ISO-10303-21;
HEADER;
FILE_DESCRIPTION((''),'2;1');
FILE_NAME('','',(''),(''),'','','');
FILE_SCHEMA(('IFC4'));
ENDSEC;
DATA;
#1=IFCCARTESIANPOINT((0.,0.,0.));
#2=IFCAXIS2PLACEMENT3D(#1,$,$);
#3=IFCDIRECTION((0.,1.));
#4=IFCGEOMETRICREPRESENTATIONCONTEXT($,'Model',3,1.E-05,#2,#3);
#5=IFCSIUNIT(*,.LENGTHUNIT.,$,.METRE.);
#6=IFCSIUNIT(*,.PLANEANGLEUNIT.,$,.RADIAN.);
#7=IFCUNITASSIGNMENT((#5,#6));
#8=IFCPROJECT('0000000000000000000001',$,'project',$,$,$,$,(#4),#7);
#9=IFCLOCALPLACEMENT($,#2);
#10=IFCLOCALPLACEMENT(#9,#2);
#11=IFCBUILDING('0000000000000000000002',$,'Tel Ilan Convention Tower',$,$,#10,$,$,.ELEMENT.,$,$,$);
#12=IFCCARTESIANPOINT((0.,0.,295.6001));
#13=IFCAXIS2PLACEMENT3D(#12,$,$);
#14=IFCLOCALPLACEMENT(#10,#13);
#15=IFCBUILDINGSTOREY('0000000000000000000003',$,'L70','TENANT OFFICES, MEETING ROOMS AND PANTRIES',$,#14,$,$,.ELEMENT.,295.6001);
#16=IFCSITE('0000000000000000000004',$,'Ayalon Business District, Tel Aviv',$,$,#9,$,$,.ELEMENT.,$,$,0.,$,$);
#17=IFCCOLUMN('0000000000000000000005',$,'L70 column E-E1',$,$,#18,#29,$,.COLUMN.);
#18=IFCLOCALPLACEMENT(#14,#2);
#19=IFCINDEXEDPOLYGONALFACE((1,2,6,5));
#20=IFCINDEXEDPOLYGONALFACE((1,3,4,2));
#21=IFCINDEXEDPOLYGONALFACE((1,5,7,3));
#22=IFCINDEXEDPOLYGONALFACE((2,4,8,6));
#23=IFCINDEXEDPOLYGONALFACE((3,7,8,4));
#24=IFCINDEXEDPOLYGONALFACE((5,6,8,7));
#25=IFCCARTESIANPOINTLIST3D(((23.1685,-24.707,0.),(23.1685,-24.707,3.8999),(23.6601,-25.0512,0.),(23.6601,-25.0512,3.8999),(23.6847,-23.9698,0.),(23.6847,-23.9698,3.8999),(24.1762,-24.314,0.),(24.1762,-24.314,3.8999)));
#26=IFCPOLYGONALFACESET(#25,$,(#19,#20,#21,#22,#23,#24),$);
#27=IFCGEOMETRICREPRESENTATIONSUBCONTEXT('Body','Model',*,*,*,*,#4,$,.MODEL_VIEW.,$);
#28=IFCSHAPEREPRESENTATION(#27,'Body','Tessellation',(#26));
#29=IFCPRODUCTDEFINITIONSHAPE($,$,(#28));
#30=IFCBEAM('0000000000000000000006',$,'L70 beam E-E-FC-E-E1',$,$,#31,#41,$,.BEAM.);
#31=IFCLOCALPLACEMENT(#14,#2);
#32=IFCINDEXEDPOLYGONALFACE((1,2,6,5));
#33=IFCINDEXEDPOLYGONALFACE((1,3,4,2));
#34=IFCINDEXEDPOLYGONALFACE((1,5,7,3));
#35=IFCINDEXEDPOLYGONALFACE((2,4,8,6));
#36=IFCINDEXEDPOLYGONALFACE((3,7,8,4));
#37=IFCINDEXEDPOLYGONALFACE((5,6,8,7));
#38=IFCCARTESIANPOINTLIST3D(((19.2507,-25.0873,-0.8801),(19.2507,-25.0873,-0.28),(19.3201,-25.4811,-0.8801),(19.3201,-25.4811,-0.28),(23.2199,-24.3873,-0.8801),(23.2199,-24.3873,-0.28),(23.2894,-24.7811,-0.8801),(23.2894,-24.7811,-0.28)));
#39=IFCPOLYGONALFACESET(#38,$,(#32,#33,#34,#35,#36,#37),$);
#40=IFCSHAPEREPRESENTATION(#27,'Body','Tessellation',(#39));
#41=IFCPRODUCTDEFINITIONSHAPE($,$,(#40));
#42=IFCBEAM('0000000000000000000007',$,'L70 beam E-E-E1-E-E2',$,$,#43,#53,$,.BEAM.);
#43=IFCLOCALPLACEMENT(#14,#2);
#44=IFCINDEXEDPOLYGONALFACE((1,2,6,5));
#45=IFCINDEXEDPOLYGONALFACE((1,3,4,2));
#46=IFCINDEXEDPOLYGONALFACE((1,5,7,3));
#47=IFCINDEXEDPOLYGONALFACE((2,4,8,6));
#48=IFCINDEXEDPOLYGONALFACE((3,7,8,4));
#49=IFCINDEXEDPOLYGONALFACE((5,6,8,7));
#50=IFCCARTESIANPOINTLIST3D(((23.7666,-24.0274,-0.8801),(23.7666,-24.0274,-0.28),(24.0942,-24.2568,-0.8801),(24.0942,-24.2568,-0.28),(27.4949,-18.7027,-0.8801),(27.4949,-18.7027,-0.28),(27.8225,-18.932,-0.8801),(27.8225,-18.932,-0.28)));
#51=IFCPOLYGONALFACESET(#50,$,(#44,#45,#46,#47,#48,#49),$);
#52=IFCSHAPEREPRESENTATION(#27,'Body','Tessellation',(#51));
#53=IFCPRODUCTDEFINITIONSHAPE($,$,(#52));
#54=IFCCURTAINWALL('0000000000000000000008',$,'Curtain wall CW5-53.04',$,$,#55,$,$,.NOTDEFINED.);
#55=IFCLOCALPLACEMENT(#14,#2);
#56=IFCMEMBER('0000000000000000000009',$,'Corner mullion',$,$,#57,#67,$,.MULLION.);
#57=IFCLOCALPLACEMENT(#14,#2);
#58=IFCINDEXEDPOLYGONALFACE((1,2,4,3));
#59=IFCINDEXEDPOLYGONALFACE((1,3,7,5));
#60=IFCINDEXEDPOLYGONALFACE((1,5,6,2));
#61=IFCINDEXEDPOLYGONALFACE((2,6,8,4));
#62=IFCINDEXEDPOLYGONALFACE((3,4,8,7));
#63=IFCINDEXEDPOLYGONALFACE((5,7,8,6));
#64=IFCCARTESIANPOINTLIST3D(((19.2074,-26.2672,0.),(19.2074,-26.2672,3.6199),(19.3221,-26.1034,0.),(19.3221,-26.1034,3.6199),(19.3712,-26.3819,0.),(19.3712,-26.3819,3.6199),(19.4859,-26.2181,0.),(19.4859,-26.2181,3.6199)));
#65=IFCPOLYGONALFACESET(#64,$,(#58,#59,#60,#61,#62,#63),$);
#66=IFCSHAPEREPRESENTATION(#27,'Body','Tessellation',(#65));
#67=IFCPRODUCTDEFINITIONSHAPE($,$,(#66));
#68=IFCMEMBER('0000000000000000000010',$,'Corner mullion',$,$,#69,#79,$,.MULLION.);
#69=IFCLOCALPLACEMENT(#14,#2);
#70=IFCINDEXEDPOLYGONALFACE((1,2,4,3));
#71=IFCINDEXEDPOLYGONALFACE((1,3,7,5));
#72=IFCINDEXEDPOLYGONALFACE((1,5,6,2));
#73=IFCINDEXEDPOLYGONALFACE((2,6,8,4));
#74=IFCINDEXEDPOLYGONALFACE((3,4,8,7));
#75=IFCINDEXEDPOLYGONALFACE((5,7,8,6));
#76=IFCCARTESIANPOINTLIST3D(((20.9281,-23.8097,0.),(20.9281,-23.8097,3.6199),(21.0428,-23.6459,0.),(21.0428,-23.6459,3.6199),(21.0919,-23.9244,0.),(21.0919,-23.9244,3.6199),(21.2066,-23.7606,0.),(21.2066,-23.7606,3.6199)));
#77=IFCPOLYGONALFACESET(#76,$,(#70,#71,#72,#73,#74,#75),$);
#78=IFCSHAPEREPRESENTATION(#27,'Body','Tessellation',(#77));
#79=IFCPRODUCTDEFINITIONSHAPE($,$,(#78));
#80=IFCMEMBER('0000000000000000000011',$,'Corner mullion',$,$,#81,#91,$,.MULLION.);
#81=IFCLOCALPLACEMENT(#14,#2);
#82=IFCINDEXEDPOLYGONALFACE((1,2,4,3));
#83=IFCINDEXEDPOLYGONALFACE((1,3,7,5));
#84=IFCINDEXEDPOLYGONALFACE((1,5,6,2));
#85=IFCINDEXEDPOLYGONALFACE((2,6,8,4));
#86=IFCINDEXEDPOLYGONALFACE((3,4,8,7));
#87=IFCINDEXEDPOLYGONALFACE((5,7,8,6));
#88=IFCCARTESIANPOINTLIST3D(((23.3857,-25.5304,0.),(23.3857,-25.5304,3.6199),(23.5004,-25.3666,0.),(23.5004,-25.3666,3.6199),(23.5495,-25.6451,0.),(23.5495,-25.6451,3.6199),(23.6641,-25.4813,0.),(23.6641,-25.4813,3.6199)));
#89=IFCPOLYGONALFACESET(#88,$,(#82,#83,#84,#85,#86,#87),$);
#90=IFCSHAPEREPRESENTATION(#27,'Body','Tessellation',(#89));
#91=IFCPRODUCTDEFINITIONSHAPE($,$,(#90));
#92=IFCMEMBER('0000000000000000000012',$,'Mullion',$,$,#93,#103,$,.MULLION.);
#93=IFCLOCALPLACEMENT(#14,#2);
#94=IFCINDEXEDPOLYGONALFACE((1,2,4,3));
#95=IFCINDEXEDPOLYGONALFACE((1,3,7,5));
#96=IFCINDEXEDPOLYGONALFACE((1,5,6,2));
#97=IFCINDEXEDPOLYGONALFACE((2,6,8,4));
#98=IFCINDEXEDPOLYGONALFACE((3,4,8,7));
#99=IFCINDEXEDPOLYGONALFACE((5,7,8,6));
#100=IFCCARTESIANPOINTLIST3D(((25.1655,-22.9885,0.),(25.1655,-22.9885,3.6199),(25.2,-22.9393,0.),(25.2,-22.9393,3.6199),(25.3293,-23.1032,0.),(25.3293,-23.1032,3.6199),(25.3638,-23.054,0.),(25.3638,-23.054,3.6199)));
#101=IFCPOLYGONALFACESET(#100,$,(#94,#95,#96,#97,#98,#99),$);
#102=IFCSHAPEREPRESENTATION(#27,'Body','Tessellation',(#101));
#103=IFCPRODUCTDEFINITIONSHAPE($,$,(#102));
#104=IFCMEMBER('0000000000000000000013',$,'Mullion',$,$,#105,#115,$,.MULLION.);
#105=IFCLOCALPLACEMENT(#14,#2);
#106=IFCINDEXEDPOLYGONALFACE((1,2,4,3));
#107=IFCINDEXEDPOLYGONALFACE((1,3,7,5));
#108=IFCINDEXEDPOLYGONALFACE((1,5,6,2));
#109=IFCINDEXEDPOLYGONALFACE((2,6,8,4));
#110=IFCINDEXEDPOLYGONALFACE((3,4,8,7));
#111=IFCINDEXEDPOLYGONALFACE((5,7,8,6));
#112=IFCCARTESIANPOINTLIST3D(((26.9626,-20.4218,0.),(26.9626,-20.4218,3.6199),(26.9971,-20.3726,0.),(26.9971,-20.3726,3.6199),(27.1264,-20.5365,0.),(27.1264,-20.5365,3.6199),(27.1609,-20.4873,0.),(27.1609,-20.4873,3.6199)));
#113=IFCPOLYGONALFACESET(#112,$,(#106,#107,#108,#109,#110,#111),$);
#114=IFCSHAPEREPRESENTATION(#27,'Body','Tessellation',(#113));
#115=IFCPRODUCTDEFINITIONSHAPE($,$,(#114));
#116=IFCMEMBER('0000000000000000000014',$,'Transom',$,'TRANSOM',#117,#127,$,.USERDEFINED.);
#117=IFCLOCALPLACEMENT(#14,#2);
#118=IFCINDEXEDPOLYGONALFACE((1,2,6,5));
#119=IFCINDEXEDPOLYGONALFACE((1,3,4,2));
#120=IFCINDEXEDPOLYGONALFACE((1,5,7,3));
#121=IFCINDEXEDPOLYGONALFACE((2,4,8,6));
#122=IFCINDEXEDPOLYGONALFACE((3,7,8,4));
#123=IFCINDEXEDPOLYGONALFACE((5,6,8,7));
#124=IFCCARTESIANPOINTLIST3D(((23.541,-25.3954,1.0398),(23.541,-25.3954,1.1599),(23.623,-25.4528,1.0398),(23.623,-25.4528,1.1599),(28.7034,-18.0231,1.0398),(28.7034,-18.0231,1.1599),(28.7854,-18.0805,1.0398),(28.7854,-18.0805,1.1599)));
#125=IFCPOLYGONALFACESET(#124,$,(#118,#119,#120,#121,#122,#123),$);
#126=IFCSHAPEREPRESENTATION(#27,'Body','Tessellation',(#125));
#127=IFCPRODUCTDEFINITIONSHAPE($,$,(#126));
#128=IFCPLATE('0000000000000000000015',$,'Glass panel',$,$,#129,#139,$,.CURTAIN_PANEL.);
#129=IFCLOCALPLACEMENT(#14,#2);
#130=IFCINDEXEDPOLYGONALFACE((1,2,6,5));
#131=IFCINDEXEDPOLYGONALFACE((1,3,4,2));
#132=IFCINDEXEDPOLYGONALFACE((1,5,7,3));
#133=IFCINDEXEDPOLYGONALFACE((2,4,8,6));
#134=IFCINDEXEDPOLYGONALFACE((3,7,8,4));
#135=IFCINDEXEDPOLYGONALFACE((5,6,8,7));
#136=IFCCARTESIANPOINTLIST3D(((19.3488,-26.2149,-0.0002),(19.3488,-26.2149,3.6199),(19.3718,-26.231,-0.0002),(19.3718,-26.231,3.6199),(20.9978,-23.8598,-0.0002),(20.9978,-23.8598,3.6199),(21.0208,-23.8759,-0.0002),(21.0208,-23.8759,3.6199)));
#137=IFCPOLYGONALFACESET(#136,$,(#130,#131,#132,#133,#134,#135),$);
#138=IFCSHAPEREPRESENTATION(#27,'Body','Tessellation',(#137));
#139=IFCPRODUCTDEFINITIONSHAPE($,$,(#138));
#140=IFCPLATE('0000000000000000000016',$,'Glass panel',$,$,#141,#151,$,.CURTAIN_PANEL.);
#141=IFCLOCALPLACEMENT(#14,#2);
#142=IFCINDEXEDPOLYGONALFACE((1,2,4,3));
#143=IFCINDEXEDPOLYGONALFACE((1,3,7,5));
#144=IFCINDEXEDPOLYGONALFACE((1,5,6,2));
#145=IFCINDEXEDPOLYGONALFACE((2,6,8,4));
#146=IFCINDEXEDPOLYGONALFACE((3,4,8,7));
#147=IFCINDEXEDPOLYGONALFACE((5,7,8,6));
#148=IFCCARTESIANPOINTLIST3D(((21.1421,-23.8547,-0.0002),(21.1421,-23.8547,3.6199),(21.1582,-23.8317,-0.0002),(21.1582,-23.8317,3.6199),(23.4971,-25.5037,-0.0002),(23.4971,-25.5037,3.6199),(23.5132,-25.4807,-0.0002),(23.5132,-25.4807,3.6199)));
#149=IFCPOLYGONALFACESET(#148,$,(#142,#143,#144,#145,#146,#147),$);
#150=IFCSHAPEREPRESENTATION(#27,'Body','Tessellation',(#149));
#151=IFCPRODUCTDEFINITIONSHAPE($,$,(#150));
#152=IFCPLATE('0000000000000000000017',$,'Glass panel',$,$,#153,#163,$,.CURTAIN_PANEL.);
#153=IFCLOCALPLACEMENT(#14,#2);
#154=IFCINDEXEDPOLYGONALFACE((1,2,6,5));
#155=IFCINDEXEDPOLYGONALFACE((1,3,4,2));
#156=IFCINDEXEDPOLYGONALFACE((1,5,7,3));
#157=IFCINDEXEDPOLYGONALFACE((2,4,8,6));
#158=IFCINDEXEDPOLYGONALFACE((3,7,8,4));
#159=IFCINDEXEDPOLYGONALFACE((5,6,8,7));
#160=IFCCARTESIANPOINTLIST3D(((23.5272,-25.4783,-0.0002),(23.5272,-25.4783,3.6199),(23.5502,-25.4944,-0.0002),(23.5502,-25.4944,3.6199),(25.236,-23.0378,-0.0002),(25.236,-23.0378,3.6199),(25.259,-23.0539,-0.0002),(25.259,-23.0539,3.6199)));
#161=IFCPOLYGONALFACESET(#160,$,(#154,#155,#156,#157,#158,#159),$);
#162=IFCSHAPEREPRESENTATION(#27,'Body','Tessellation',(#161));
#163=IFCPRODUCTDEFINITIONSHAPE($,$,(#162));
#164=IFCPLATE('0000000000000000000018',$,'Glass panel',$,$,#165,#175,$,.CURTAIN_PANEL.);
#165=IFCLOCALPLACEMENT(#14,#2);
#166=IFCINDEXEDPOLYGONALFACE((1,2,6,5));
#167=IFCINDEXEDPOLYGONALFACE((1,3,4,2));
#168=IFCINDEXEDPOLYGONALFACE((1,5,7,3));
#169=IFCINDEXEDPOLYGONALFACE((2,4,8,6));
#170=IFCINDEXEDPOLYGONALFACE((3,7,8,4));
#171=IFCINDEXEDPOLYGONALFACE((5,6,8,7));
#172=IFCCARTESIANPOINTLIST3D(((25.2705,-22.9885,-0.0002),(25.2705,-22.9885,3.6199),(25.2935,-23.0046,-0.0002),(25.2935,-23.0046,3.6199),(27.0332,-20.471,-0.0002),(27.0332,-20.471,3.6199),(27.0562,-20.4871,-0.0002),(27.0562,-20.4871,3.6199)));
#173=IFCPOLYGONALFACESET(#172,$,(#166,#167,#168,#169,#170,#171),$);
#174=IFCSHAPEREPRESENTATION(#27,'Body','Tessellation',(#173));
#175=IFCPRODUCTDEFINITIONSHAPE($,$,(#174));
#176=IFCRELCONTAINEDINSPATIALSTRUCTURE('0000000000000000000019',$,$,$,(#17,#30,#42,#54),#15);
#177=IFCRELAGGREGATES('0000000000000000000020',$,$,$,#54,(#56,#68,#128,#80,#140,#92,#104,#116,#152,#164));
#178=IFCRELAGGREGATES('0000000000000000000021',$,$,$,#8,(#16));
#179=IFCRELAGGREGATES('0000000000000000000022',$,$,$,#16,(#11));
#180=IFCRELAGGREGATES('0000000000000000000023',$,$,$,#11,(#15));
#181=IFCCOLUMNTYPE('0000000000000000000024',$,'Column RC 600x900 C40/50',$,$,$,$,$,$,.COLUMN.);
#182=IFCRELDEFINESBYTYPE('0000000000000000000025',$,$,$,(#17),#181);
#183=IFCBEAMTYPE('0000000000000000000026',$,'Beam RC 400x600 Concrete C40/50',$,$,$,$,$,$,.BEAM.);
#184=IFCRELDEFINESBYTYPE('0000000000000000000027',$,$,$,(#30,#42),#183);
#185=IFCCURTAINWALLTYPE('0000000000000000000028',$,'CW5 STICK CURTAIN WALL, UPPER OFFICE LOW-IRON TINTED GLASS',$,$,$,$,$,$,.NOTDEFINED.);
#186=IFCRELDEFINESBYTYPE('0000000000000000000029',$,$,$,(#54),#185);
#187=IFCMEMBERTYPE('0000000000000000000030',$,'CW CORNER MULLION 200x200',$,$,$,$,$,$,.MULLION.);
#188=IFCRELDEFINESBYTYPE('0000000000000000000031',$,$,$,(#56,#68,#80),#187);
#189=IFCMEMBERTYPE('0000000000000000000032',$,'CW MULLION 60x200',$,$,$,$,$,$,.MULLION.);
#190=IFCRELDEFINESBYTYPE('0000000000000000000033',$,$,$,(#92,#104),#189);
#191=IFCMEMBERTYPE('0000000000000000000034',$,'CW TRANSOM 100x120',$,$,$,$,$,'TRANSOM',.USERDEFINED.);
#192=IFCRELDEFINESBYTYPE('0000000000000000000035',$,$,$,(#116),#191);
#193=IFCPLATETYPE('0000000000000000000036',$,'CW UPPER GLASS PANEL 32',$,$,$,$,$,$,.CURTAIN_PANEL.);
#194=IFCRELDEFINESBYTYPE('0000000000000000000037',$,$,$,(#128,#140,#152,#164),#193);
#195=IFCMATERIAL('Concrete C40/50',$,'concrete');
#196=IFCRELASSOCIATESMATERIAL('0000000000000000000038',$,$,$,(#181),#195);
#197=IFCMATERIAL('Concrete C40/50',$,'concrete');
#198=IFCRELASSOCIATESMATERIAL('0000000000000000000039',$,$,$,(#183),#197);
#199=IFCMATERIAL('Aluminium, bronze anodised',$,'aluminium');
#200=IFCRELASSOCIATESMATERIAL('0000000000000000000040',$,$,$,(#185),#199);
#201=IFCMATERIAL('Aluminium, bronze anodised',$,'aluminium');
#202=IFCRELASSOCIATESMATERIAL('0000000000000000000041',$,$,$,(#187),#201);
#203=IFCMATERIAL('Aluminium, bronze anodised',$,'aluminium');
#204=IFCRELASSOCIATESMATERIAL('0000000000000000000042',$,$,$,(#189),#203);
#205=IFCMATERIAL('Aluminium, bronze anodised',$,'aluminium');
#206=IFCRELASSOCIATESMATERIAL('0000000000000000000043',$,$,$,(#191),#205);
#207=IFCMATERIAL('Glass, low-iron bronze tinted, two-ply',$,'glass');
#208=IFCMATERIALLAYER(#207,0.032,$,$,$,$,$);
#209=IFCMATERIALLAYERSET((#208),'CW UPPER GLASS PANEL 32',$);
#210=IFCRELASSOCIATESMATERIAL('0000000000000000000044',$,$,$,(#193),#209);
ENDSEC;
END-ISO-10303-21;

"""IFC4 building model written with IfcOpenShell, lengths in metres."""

from ifc_helpers import new_model, si_unit, direction, frame, origin, origin_2d, place, context, subcontext, project, spatial, rectangle, extrude, material, layer, layer_set, material_profile, profile_set, type_object, element, aggregate, save


model = new_model("IFC4")

# Units and contexts
model_context = context("Model", 3, precision=1e-05, world=origin(), true_north=direction((0.0, 1.0)))
body_context = subcontext(model_context, "Body", "Model", "MODEL_VIEW")
ifc_project = project(units=[si_unit("LENGTHUNIT", "METRE"), si_unit("PLANEANGLEUNIT", "RADIAN")], contexts=[model_context])

# Site, building, storey
site_placement = place(None, origin())
site = spatial("IfcSite", under=ifc_project, at=site_placement, Name="Ayalon Business District, Tel Aviv", CompositionType="ELEMENT", RefElevation=0.0)
building_placement = place(site_placement, origin())
building = spatial("IfcBuilding", under=site, at=building_placement, Name="Tel Ilan Convention Tower", CompositionType="ELEMENT")
storey_placement = place(building_placement, frame((0.0, 0.0, 295.6001)))
storey = spatial("IfcBuildingStorey", under=building, at=storey_placement, Name="L70", Description="TENANT OFFICES, MEETING ROOMS AND PANTRIES", CompositionType="ELEMENT", Elevation=295.6001)

# Column
ifc_material_1 = material(Name="Concrete C40/50", Category="concrete")
ifc_material_profile_1 = material_profile(ifc_material_1, rectangle(XDim=0.8999, YDim=0.6001, at=origin_2d()), Name="RC 600x900")
ifc_profile_set_1 = profile_set([ifc_material_profile_1], Name="Concrete C40/50")
column_type = type_object("IfcColumnType", Name="Column RC 600x900 C40/50", PredefinedType="COLUMN", material=ifc_profile_set_1)
column_placement = place(storey_placement, frame((23.6724, -24.5105, 0.0), z_axis=(0.0, 0.0, 1.0), x_axis=(0.573576, 0.819152, 0.0)))
element("IfcColumn", 1, at=column_placement, inside=storey, type_object=column_type, Name="L70 column E-E1", PredefinedType="COLUMN", context=body_context, shape_type="SweptSolid", body=[
    extrude(rectangle(XDim=0.8999, YDim=0.6001, at=origin_2d()), origin(), (0.0, 0.0, 1.0), 3.8999),
])

# Beams
ifc_material_2 = material(Name="Concrete C40/50", Category="concrete")
ifc_material_profile_2 = material_profile(ifc_material_2, rectangle(XDim=0.3999, YDim=0.6001, at=origin_2d()), Name="RC 400x600")
ifc_profile_set_2 = profile_set([ifc_material_profile_2], Name="Concrete C40/50")
beam_type = type_object("IfcBeamType", Name="Beam RC 400x600 Concrete C40/50", PredefinedType="BEAM", material=ifc_profile_set_2)
beam_1_placement = place(storey_placement, frame((19.2854, -25.2842, -0.5801), z_axis=(0.984805, 0.173664, 0.0), x_axis=(-0.173664, 0.984805, 0.0)))
element("IfcBeam", 2, at=beam_1_placement, inside=storey, type_object=beam_type, Name="L70 beam E-E-FC-E-E1", PredefinedType="BEAM", context=body_context, shape_type="SweptSolid", body=[
    extrude(rectangle(XDim=0.3999, YDim=0.6001, at=origin_2d()), origin(), (0.0, 0.0, 1.0), 4.0305),
])
beam_2_placement = place(storey_placement, frame((23.9304, -24.1421, -0.5801), z_axis=(0.573563, 0.819161, 0.0), x_axis=(-0.819161, 0.573563, 0.0)))
element("IfcBeam", 3, at=beam_2_placement, inside=storey, type_object=beam_type, Name="L70 beam E-E-E1-E-E2", PredefinedType="BEAM", context=body_context, shape_type="SweptSolid", body=[
    extrude(rectangle(XDim=0.3999, YDim=0.6001, at=origin_2d()), origin(), (0.0, 0.0, 1.0), 6.5002),
])

# Curtain wall, members, plates
ifc_material_3 = material(Name="Aluminium, bronze anodised", Category="aluminium")
curtain_wall_type = type_object("IfcCurtainWallType", Name="CW5 STICK CURTAIN WALL, UPPER OFFICE LOW-IRON TINTED GLASS", PredefinedType="NOTDEFINED", material=ifc_material_3)
curtain_wall_placement = place(storey_placement, origin())
curtain_wall = element("IfcCurtainWall", 4, at=curtain_wall_placement, inside=storey, type_object=curtain_wall_type, Name="Curtain wall CW5-53.04", PredefinedType="NOTDEFINED")
ifc_material_4 = material(Name="Aluminium, bronze anodised", Category="aluminium")
ifc_material_profile_3 = material_profile(ifc_material_4, rectangle(XDim=0.2, YDim=0.2, at=origin_2d()), Name="CW CORNER MULLION 200x200")
ifc_profile_set_3 = profile_set([ifc_material_profile_3], Name="Aluminium, bronze anodised")
member_type_1 = type_object("IfcMemberType", Name="CW CORNER MULLION 200x200", PredefinedType="MULLION", material=ifc_profile_set_3)
member_1_placement = place(storey_placement, frame((19.3467, -26.2427, 0.0), z_axis=(0.0, 0.0, 1.0), x_axis=(0.819152, -0.573576, 0.0)))
member_1 = element("IfcMember", 5, at=member_1_placement, type_object=member_type_1, Name="Corner mullion", PredefinedType="MULLION", context=body_context, shape_type="SweptSolid", body=[
    extrude(rectangle(XDim=0.2, YDim=0.2, at=origin_2d()), origin(), (0.0, 0.0, 1.0), 3.6199),
])
member_2_placement = place(storey_placement, frame((21.0674, -23.7852, 0.0), z_axis=(0.0, 0.0, 1.0), x_axis=(0.573576, 0.819152, 0.0)))
member_2 = element("IfcMember", 6, at=member_2_placement, type_object=member_type_1, Name="Corner mullion", PredefinedType="MULLION", context=body_context, shape_type="SweptSolid", body=[
    extrude(rectangle(XDim=0.2, YDim=0.2, at=origin_2d()), origin(), (0.0, 0.0, 1.0), 3.6199),
])
member_3_placement = place(storey_placement, frame((23.5249, -25.5059, 0.0), z_axis=(0.0, 0.0, 1.0), x_axis=(0.819152, -0.573576, 0.0)))
member_3 = element("IfcMember", 7, at=member_3_placement, type_object=member_type_1, Name="Corner mullion", PredefinedType="MULLION", context=body_context, shape_type="SweptSolid", body=[
    extrude(rectangle(XDim=0.2, YDim=0.2, at=origin_2d()), origin(), (0.0, 0.0, 1.0), 3.6199),
])
ifc_material_5 = material(Name="Aluminium, bronze anodised", Category="aluminium")
ifc_material_profile_4 = material_profile(ifc_material_5, rectangle(XDim=0.0601, YDim=0.2, at=origin_2d()), Name="CW MULLION 60x200")
ifc_profile_set_4 = profile_set([ifc_material_profile_4], Name="Aluminium, bronze anodised")
member_type_2 = type_object("IfcMemberType", Name="CW MULLION 60x200", PredefinedType="MULLION", material=ifc_profile_set_4)
member_4_placement = place(storey_placement, frame((25.2646, -23.0212, 0.0), z_axis=(0.0, 0.0, 1.0), x_axis=(0.573576, 0.819152, 0.0)))
member_4 = element("IfcMember", 8, at=member_4_placement, type_object=member_type_2, Name="Mullion", PredefinedType="MULLION", context=body_context, shape_type="SweptSolid", body=[
    extrude(rectangle(XDim=0.0601, YDim=0.2, at=origin_2d()), origin(), (0.0, 0.0, 1.0), 3.6199),
])
member_5_placement = place(storey_placement, frame((27.0618, -20.4546, 0.0), z_axis=(0.0, 0.0, 1.0), x_axis=(0.573576, 0.819152, 0.0)))
member_5 = element("IfcMember", 9, at=member_5_placement, type_object=member_type_2, Name="Mullion", PredefinedType="MULLION", context=body_context, shape_type="SweptSolid", body=[
    extrude(rectangle(XDim=0.0601, YDim=0.2, at=origin_2d()), origin(), (0.0, 0.0, 1.0), 3.6199),
])
ifc_material_6 = material(Name="Aluminium, bronze anodised", Category="aluminium")
ifc_material_profile_5 = material_profile(ifc_material_6, rectangle(XDim=0.1001, YDim=0.1201, at=origin_2d()), Name="CW TRANSOM 100x120")
ifc_profile_set_5 = profile_set([ifc_material_profile_5], Name="Aluminium, bronze anodised")
member_type_3 = type_object("IfcMemberType", Name="CW TRANSOM 100x120", ElementType="TRANSOM", PredefinedType="USERDEFINED", material=ifc_profile_set_5)
member_6_placement = place(storey_placement, frame((23.582, -25.4241, 1.0999), z_axis=(0.573592, 0.819141, 0.0), x_axis=(-0.819141, 0.573592, 0.0)))
member_6 = element("IfcMember", 10, at=member_6_placement, type_object=member_type_3, Name="Transom", ObjectType="TRANSOM", PredefinedType="USERDEFINED", context=body_context, shape_type="SweptSolid", body=[
    extrude(rectangle(XDim=0.1001, YDim=0.1201, at=origin_2d()), origin(), (0.0, 0.0, 1.0), 9.0),
])
ifc_material_7 = material(Name="Glass, low-iron bronze tinted, two-ply", Category="glass")
ifc_layer_1 = layer(ifc_material_7, 0.032)
ifc_layer_set_1 = layer_set([ifc_layer_1], Name="CW UPPER GLASS PANEL 32")
plate_type = type_object("IfcPlateType", Name="CW UPPER GLASS PANEL 32", PredefinedType="CURTAIN_PANEL", material=ifc_layer_set_1)
plate_1_placement = place(storey_placement, frame((20.1848, -25.0454, -0.0002), z_axis=(0.0, 0.0, 1.0), x_axis=(0.573576, 0.819152, 0.0)))
plate_1 = element("IfcPlate", 11, at=plate_1_placement, type_object=plate_type, Name="Glass panel", PredefinedType="CURTAIN_PANEL", context=body_context, shape_type="SweptSolid", body=[
    extrude(rectangle(XDim=2.875, YDim=0.0281, at=origin_2d()), origin(), (0.0, 0.0, 1.0), 3.6201),
])
plate_2_placement = place(storey_placement, frame((22.3276, -24.6677, -0.0002), z_axis=(0.0, 0.0, 1.0), x_axis=(0.819152, -0.573576, 0.0)))
plate_2 = element("IfcPlate", 12, at=plate_2_placement, type_object=plate_type, Name="Glass panel", PredefinedType="CURTAIN_PANEL", context=body_context, shape_type="SweptSolid", body=[
    extrude(rectangle(XDim=2.875, YDim=0.0281, at=origin_2d()), origin(), (0.0, 0.0, 1.0), 3.6201),
])
plate_3_placement = place(storey_placement, frame((24.3931, -24.2661, -0.0002), z_axis=(0.0, 0.0, 1.0), x_axis=(0.573576, 0.819152, 0.0)))
plate_3 = element("IfcPlate", 13, at=plate_3_placement, type_object=plate_type, Name="Glass panel", PredefinedType="CURTAIN_PANEL", context=body_context, shape_type="SweptSolid", body=[
    extrude(rectangle(XDim=2.9792, YDim=0.0281, at=origin_2d()), origin(), (0.0, 0.0, 1.0), 3.6201),
])
plate_4_placement = place(storey_placement, frame((26.1633, -21.7378, -0.0002), z_axis=(0.0, 0.0, 1.0), x_axis=(0.573576, 0.819152, 0.0)))
plate_4 = element("IfcPlate", 14, at=plate_4_placement, type_object=plate_type, Name="Glass panel", PredefinedType="CURTAIN_PANEL", context=body_context, shape_type="SweptSolid", body=[
    extrude(rectangle(XDim=3.0732, YDim=0.0281, at=origin_2d()), origin(), (0.0, 0.0, 1.0), 3.6201),
])
aggregate(curtain_wall, [member_1, member_2, plate_1, member_3, plate_2, member_4, member_5, member_6, plate_3, plate_4])

save(model, "model.ifc")
